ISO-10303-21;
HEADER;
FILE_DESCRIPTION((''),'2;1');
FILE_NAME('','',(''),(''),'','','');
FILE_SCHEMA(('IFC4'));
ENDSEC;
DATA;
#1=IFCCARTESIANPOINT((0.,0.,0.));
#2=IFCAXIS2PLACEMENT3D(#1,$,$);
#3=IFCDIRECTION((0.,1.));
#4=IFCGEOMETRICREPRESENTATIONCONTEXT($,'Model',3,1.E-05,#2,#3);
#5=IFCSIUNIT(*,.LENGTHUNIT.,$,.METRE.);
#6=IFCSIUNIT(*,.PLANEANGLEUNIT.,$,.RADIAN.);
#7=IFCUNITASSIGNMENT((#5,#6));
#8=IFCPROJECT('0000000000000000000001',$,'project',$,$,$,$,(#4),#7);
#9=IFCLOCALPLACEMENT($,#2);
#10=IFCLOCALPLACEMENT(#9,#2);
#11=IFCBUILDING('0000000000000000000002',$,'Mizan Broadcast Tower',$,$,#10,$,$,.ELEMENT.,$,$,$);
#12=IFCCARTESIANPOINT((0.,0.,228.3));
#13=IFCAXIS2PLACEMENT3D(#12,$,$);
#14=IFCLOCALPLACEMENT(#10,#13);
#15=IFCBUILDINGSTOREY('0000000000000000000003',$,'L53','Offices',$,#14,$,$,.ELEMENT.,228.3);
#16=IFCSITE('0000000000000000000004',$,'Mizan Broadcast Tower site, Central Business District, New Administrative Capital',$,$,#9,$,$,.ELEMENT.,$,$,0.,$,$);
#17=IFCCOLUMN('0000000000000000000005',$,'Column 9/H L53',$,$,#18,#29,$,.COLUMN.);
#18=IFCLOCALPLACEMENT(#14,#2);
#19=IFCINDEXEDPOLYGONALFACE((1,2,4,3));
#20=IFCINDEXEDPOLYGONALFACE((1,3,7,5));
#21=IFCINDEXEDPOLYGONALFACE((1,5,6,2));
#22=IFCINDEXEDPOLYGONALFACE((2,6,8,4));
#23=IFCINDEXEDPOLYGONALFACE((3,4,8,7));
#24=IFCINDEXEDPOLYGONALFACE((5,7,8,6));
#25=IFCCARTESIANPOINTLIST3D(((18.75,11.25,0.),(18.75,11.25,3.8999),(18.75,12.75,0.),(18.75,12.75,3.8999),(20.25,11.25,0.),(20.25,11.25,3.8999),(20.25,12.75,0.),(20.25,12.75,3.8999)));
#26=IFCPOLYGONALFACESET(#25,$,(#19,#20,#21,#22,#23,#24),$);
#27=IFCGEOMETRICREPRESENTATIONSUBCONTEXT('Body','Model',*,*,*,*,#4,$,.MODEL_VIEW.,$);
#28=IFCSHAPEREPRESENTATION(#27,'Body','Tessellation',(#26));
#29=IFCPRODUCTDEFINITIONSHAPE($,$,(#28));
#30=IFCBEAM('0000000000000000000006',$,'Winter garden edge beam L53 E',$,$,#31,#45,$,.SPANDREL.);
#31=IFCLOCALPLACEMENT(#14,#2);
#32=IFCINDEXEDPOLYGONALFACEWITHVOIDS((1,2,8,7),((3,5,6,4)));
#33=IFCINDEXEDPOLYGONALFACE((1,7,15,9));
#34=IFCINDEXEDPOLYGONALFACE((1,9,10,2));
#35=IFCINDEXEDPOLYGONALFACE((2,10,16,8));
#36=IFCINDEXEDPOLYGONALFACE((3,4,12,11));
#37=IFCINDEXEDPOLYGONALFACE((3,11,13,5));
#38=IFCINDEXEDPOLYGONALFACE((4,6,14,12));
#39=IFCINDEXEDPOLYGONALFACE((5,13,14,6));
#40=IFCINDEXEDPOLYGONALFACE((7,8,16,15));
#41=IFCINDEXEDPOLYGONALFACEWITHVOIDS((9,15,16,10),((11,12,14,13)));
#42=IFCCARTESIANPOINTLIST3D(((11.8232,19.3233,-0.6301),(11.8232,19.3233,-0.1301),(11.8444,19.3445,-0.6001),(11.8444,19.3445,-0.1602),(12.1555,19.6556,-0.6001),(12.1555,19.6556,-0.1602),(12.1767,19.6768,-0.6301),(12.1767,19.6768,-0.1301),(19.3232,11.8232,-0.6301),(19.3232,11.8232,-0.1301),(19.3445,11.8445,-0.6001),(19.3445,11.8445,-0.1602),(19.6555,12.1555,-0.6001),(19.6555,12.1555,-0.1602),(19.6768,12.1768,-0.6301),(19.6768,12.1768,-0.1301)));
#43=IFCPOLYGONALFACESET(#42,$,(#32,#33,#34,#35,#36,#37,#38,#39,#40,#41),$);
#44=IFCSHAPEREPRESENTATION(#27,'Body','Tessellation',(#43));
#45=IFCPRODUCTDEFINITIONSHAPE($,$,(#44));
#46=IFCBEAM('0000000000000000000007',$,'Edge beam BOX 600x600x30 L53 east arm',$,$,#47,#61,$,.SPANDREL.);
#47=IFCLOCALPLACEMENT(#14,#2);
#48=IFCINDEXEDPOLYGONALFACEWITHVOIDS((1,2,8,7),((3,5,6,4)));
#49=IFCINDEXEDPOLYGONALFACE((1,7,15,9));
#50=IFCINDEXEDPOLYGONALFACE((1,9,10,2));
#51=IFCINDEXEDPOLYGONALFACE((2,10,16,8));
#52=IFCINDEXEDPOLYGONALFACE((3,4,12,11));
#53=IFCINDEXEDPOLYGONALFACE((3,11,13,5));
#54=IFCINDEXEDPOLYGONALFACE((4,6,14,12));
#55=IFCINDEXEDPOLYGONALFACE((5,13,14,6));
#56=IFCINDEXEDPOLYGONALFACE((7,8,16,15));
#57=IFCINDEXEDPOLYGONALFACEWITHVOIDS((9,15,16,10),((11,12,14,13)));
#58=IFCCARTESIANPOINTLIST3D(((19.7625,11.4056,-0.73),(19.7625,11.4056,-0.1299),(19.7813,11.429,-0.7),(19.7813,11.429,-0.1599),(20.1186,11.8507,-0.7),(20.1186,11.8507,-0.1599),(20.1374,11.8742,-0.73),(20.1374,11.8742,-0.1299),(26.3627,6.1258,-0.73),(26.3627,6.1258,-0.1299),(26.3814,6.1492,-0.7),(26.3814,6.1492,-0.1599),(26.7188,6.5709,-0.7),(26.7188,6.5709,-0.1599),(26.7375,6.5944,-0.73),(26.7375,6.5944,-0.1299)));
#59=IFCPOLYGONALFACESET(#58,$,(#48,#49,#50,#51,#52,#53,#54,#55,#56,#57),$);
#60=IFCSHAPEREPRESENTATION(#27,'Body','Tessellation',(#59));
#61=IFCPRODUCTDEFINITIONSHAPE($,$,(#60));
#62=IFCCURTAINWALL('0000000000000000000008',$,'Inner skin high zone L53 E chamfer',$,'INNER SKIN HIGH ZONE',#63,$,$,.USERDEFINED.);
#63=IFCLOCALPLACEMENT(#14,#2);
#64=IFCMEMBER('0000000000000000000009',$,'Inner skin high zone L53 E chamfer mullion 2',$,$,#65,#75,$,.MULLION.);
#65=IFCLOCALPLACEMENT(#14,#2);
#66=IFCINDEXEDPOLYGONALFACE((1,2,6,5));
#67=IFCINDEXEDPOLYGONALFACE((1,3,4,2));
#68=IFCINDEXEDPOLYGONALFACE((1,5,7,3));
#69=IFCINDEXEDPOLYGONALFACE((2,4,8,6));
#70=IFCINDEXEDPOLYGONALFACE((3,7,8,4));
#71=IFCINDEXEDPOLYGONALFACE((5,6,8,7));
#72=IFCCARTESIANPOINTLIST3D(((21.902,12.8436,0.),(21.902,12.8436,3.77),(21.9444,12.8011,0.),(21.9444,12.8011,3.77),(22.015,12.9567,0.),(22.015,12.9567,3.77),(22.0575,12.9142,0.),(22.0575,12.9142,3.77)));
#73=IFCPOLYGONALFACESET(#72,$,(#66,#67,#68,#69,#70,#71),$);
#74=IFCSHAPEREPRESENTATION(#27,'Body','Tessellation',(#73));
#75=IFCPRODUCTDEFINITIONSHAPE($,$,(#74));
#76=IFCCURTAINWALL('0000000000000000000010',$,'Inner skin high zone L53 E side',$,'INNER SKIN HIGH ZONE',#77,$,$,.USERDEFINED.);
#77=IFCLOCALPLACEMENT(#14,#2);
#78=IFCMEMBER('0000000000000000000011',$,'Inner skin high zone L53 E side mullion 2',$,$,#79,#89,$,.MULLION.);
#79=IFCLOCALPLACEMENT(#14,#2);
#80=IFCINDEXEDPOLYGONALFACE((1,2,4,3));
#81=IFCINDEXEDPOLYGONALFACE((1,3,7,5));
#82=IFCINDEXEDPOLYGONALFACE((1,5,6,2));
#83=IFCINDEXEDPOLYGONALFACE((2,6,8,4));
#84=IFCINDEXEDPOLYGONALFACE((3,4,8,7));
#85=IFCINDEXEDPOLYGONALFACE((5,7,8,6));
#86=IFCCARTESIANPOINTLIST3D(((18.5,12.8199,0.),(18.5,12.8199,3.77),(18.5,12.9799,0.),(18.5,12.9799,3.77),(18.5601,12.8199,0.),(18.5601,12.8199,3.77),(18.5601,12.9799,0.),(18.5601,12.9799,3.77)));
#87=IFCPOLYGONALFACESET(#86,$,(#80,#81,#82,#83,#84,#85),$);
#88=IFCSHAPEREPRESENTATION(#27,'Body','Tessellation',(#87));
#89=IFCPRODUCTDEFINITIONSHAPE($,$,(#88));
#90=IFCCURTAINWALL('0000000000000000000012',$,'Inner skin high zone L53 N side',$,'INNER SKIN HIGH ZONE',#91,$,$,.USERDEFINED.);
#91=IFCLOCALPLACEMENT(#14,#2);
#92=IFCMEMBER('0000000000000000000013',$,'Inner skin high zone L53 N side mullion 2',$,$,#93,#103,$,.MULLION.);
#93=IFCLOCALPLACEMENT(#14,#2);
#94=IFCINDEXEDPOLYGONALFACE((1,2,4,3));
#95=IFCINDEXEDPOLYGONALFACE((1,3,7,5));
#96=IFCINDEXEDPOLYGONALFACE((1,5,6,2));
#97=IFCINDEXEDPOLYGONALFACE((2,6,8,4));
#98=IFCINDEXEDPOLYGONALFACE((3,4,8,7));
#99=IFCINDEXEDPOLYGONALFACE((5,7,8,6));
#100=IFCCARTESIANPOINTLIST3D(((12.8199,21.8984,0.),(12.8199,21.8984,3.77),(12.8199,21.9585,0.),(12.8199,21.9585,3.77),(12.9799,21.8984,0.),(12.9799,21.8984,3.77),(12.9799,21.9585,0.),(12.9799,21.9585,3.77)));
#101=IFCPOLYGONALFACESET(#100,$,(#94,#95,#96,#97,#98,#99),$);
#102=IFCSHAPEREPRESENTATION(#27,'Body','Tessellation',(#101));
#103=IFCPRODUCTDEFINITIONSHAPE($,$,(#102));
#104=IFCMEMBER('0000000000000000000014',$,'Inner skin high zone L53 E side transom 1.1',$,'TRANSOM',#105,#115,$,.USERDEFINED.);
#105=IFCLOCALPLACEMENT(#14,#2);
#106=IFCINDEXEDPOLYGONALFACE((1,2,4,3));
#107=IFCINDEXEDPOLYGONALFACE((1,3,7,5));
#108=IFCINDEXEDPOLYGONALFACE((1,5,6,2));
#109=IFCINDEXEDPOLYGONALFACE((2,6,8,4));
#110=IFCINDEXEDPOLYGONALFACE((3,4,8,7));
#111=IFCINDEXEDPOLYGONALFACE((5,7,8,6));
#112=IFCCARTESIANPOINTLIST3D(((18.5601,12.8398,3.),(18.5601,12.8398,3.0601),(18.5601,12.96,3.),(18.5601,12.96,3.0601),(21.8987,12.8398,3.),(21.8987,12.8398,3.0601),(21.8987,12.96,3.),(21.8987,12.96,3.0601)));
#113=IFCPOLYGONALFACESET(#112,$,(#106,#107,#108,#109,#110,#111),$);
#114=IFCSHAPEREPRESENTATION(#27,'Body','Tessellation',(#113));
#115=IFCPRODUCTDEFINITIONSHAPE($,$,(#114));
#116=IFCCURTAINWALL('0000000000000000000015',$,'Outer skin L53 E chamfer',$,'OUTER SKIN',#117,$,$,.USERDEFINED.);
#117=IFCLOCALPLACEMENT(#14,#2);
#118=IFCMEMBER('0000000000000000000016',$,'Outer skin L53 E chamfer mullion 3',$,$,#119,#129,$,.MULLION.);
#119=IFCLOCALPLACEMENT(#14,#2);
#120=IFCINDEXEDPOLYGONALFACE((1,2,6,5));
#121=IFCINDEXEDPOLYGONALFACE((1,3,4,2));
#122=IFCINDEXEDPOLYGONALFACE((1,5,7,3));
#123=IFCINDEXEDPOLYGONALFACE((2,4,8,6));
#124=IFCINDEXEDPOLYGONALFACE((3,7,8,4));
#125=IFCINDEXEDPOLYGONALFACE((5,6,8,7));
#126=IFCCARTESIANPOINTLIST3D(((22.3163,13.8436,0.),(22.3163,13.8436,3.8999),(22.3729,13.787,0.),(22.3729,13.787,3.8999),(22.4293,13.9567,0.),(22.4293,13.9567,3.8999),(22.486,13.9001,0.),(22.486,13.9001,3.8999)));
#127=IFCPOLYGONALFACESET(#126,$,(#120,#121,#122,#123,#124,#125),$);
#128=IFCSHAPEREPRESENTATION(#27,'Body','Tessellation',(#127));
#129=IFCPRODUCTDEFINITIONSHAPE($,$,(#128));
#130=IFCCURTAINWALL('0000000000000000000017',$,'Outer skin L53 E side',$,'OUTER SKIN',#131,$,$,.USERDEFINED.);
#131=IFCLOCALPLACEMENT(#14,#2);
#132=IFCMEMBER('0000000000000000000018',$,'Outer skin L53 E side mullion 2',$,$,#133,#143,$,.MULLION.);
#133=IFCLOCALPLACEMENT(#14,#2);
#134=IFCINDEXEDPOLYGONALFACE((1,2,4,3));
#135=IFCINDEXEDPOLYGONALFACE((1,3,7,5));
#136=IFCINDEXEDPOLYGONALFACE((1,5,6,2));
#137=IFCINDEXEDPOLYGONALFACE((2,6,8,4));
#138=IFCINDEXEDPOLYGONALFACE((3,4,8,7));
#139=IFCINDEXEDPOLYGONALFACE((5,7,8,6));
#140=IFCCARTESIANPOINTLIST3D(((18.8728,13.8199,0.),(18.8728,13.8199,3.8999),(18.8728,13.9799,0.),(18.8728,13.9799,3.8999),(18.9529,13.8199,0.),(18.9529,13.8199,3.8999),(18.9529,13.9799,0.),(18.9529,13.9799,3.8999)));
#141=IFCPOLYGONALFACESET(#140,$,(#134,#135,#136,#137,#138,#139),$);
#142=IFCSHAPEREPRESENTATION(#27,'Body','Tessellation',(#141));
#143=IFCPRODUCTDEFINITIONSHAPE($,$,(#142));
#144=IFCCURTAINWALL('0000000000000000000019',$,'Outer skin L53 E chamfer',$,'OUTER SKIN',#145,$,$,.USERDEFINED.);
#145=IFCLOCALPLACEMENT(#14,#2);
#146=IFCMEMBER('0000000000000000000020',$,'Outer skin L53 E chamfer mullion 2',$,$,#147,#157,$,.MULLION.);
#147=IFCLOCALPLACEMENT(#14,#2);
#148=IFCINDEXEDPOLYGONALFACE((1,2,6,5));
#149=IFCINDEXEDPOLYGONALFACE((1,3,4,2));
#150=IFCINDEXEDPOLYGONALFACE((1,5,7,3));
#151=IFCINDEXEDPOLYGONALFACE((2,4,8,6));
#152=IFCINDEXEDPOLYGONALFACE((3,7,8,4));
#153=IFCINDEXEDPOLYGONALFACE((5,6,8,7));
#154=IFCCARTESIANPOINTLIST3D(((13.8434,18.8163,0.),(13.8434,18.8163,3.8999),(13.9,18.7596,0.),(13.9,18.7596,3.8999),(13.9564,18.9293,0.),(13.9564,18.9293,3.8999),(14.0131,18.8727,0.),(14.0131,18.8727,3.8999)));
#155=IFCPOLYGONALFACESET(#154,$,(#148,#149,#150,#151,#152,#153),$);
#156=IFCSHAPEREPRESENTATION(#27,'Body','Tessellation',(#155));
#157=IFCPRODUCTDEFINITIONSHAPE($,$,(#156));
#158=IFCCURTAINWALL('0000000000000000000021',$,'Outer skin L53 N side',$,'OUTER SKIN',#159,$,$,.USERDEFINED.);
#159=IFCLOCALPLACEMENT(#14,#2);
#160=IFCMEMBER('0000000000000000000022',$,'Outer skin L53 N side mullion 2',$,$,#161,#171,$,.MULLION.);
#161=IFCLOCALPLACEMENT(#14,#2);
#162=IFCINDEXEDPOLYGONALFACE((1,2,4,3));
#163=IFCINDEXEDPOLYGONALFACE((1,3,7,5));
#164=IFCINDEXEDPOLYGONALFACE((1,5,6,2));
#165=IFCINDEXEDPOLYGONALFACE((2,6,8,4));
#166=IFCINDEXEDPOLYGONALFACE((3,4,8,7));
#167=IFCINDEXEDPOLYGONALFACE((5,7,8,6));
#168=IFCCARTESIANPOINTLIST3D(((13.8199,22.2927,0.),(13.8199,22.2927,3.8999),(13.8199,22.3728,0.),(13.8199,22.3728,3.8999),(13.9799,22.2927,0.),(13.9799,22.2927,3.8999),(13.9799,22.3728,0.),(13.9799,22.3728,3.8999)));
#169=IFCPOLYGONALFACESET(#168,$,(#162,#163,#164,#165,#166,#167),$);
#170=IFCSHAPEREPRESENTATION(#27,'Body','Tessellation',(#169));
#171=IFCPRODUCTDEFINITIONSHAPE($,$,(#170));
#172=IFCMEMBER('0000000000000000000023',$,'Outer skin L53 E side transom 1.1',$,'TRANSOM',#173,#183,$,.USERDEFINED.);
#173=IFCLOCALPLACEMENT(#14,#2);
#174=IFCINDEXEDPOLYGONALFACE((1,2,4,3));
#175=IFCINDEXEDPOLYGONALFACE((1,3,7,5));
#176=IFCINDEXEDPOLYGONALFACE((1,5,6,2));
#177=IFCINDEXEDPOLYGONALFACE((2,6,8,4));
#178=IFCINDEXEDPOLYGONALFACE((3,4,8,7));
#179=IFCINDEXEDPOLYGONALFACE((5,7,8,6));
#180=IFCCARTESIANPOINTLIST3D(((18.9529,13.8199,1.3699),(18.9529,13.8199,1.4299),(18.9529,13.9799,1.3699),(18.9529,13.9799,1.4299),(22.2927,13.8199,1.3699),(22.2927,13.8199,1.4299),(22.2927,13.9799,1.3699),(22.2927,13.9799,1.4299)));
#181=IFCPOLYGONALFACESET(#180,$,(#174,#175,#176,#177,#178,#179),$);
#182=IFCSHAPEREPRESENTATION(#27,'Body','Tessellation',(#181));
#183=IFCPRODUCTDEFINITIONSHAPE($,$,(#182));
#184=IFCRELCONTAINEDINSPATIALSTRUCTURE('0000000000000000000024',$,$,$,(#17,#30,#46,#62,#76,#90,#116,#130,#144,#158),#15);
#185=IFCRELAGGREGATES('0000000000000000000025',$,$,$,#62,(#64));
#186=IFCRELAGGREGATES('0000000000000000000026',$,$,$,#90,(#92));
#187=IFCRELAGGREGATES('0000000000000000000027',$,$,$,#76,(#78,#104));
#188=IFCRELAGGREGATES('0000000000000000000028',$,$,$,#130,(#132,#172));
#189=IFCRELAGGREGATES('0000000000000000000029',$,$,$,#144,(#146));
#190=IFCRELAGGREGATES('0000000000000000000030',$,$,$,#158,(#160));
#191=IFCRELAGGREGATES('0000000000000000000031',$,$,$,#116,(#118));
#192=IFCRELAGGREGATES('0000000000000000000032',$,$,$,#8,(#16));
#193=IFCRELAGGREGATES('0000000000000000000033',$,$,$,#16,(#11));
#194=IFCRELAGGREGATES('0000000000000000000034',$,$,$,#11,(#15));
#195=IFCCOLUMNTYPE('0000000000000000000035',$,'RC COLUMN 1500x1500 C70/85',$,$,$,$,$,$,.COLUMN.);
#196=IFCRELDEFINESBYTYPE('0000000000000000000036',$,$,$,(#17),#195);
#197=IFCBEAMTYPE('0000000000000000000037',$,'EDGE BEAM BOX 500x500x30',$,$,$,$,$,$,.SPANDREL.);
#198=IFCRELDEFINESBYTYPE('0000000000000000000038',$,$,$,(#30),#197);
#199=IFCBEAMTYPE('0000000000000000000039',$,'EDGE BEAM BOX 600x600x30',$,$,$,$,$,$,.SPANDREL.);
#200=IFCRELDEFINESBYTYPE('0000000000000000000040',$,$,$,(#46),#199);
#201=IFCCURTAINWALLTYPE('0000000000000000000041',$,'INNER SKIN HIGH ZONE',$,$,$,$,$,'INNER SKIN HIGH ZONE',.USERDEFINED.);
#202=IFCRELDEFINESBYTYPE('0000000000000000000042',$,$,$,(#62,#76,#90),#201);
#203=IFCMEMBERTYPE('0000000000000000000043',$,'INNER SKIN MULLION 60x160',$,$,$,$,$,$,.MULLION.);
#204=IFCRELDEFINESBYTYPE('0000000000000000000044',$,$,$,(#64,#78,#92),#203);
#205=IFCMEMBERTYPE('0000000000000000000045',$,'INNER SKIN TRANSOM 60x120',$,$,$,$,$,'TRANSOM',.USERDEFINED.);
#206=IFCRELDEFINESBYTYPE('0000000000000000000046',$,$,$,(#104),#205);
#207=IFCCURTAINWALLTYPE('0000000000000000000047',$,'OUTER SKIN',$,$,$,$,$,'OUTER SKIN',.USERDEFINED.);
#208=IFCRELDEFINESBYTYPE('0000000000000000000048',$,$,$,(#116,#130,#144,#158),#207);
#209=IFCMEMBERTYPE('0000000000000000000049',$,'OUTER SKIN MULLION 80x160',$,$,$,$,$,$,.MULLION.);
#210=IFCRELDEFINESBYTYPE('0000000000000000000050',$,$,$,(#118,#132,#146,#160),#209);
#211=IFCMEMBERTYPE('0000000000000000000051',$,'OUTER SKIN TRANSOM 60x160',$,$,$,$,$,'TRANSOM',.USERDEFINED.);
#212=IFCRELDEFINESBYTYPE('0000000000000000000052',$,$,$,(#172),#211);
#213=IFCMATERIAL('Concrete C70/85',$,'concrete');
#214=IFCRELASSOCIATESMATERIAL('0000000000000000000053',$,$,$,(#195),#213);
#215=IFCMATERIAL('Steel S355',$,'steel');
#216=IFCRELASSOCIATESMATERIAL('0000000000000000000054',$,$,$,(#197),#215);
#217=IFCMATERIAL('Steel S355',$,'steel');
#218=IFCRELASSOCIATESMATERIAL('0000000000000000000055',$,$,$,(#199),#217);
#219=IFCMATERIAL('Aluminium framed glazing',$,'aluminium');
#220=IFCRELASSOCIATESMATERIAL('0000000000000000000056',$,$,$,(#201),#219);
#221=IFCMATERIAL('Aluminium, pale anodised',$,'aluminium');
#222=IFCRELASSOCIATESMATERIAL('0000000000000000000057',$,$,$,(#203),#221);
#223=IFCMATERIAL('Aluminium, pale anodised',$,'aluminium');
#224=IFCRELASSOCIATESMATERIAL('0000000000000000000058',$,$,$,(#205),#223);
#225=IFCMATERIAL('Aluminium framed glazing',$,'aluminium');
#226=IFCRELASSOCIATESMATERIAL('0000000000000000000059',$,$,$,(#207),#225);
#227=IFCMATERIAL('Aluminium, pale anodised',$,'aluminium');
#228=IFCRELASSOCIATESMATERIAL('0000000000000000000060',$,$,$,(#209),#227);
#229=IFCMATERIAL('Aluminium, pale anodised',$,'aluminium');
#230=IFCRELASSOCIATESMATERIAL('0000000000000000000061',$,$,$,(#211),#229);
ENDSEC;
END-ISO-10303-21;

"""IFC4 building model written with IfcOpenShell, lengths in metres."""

from ifc_helpers import new_model, si_unit, direction, frame, origin, origin_2d, place, context, subcontext, project, spatial, rectangle, hollow_rectangle, extrude, material, material_profile, profile_set, type_object, element, aggregate, save


model = new_model("IFC4")

# Units and contexts
model_context = context("Model", 3, precision=1e-05, world=origin(), true_north=direction((0.0, 1.0)))
body_context = subcontext(model_context, "Body", "Model", "MODEL_VIEW")
ifc_project = project(units=[si_unit("LENGTHUNIT", "METRE"), si_unit("PLANEANGLEUNIT", "RADIAN")], contexts=[model_context])

# Site, building, storey
site_placement = place(None, origin())
site = spatial("IfcSite", under=ifc_project, at=site_placement, Name="Mizan Broadcast Tower site, Central Business District, New Administrative Capital", CompositionType="ELEMENT", RefElevation=0.0)
building_placement = place(site_placement, origin())
building = spatial("IfcBuilding", under=site, at=building_placement, Name="Mizan Broadcast Tower", CompositionType="ELEMENT")
storey_placement = place(building_placement, frame((0.0, 0.0, 228.3)))
storey = spatial("IfcBuildingStorey", under=building, at=storey_placement, Name="L53", Description="Offices", CompositionType="ELEMENT", Elevation=228.3)

# Column
ifc_material_1 = material(Name="Concrete C70/85", Category="concrete")
ifc_material_profile_1 = material_profile(ifc_material_1, rectangle(XDim=1.5, YDim=1.5, at=origin_2d()), Name="RC 1500x1500")
ifc_profile_set_1 = profile_set([ifc_material_profile_1], Name="Concrete C70/85")
column_type = type_object("IfcColumnType", Name="RC COLUMN 1500x1500 C70/85", PredefinedType="COLUMN", material=ifc_profile_set_1)
column_placement = place(storey_placement, frame((19.5, 12.0, 0.0), z_axis=(0.0, 0.0, 1.0), x_axis=(1.0, 0.0, 0.0)))
element("IfcColumn", 1, at=column_placement, inside=storey, type_object=column_type, Name="Column 9/H L53", PredefinedType="COLUMN", context=body_context, shape_type="SweptSolid", body=[
    extrude(rectangle(XDim=1.5, YDim=1.5, at=origin_2d()), origin(), (0.0, 0.0, 1.0), 3.8999),
])

# Beams
ifc_material_2 = material(Name="Steel S355", Category="steel")
ifc_material_profile_2 = material_profile(ifc_material_2, hollow_rectangle(XDim=0.5, YDim=0.5, WallThickness=0.03, at=origin_2d()), Name="BOX 500x500x30")
ifc_profile_set_2 = profile_set([ifc_material_profile_2], Name="Steel S355")
beam_type_1 = type_object("IfcBeamType", Name="EDGE BEAM BOX 500x500x30", PredefinedType="SPANDREL", material=ifc_profile_set_2)
beam_1_placement = place(storey_placement, frame((19.5, 12.0, -0.3801), z_axis=(-0.707107, 0.707107, 0.0), x_axis=(-0.707107, -0.707107, 0.0)))
element("IfcBeam", 2, at=beam_1_placement, inside=storey, type_object=beam_type_1, Name="Winter garden edge beam L53 E", PredefinedType="SPANDREL", context=body_context, shape_type="SweptSolid", body=[
    extrude(hollow_rectangle(XDim=0.5, YDim=0.5, WallThickness=0.03, at=origin_2d()), origin(), (0.0, 0.0, 1.0), 10.6067),
])
ifc_material_3 = material(Name="Steel S355", Category="steel")
ifc_material_profile_3 = material_profile(ifc_material_3, hollow_rectangle(XDim=0.6001, YDim=0.6001, WallThickness=0.03, at=origin_2d()), Name="BOX 600x600x30")
ifc_profile_set_3 = profile_set([ifc_material_profile_3], Name="Steel S355")
beam_type_2 = type_object("IfcBeamType", Name="EDGE BEAM BOX 600x600x30", PredefinedType="SPANDREL", material=ifc_profile_set_3)
beam_2_placement = place(storey_placement, frame((19.95, 11.6399, -0.4299), z_axis=(0.780886, -0.624674, 0.0), x_axis=(0.624674, 0.780886, 0.0)))
element("IfcBeam", 3, at=beam_2_placement, inside=storey, type_object=beam_type_2, Name="Edge beam BOX 600x600x30 L53 east arm", PredefinedType="SPANDREL", context=body_context, shape_type="SweptSolid", body=[
    extrude(hollow_rectangle(XDim=0.6001, YDim=0.6001, WallThickness=0.03, at=origin_2d()), origin(), (0.0, 0.0, 1.0), 8.4521),
])

# Curtain walls, members
ifc_material_4 = material(Name="Aluminium framed glazing", Category="aluminium")
curtain_wall_type_1 = type_object("IfcCurtainWallType", Name="INNER SKIN HIGH ZONE", ElementType="INNER SKIN HIGH ZONE", PredefinedType="USERDEFINED", material=ifc_material_4)
curtain_wall_1_placement = place(storey_placement, origin())
curtain_wall_1 = element("IfcCurtainWall", 4, at=curtain_wall_1_placement, inside=storey, type_object=curtain_wall_type_1, Name="Inner skin high zone L53 E chamfer", ObjectType="INNER SKIN HIGH ZONE", PredefinedType="USERDEFINED")
ifc_material_5 = material(Name="Aluminium, pale anodised", Category="aluminium")
ifc_material_profile_4 = material_profile(ifc_material_5, rectangle(XDim=0.1599, YDim=0.0601, at=origin_2d()), Name="MULLION 160x60")
ifc_profile_set_4 = profile_set([ifc_material_profile_4], Name="Aluminium, pale anodised")
member_type_1 = type_object("IfcMemberType", Name="INNER SKIN MULLION 60x160", PredefinedType="MULLION", material=ifc_profile_set_4)
member_1_placement = place(storey_placement, frame((21.9797, 12.8789, 0.0), z_axis=(0.0, 0.0, 1.0), x_axis=(-0.707107, -0.707107, 0.0)))
member_1 = element("IfcMember", 5, at=member_1_placement, type_object=member_type_1, Name="Inner skin high zone L53 E chamfer mullion 2", PredefinedType="MULLION", context=body_context, shape_type="SweptSolid", body=[
    extrude(rectangle(XDim=0.1599, YDim=0.0601, at=origin_2d()), origin(), (0.0, 0.0, 1.0), 3.77),
])
aggregate(curtain_wall_1, [member_1])
curtain_wall_2_placement = place(storey_placement, origin())
curtain_wall_2 = element("IfcCurtainWall", 6, at=curtain_wall_2_placement, inside=storey, type_object=curtain_wall_type_1, Name="Inner skin high zone L53 E side", ObjectType="INNER SKIN HIGH ZONE", PredefinedType="USERDEFINED")
member_2_placement = place(storey_placement, frame((18.53, 12.8999, 0.0), z_axis=(0.0, 0.0, 1.0), x_axis=(0.0, -1.0, 0.0)))
member_2 = element("IfcMember", 7, at=member_2_placement, type_object=member_type_1, Name="Inner skin high zone L53 E side mullion 2", PredefinedType="MULLION", context=body_context, shape_type="SweptSolid", body=[
    extrude(rectangle(XDim=0.1599, YDim=0.0601, at=origin_2d()), origin(), (0.0, 0.0, 1.0), 3.77),
])
curtain_wall_3_placement = place(storey_placement, origin())
curtain_wall_3 = element("IfcCurtainWall", 8, at=curtain_wall_3_placement, inside=storey, type_object=curtain_wall_type_1, Name="Inner skin high zone L53 N side", ObjectType="INNER SKIN HIGH ZONE", PredefinedType="USERDEFINED")
member_3_placement = place(storey_placement, frame((12.8999, 21.9285, 0.0), z_axis=(0.0, 0.0, 1.0), x_axis=(-1.0, 0.0, 0.0)))
member_3 = element("IfcMember", 9, at=member_3_placement, type_object=member_type_1, Name="Inner skin high zone L53 N side mullion 2", PredefinedType="MULLION", context=body_context, shape_type="SweptSolid", body=[
    extrude(rectangle(XDim=0.1599, YDim=0.0601, at=origin_2d()), origin(), (0.0, 0.0, 1.0), 3.77),
])
aggregate(curtain_wall_3, [member_3])

# Member
ifc_material_6 = material(Name="Aluminium, pale anodised", Category="aluminium")
ifc_material_profile_5 = material_profile(ifc_material_6, rectangle(XDim=0.1201, YDim=0.0601, at=origin_2d()), Name="TRANSOM 120x60")
ifc_profile_set_5 = profile_set([ifc_material_profile_5], Name="Aluminium, pale anodised")
member_type_2 = type_object("IfcMemberType", Name="INNER SKIN TRANSOM 60x120", ElementType="TRANSOM", PredefinedType="USERDEFINED", material=ifc_profile_set_5)
member_4_placement = place(storey_placement, frame((21.8987, 12.8999, 3.03), z_axis=(-1.0, 0.0, 0.0), x_axis=(0.0, -1.0, 0.0)))
member_4 = element("IfcMember", 10, at=member_4_placement, type_object=member_type_2, Name="Inner skin high zone L53 E side transom 1.1", ObjectType="TRANSOM", PredefinedType="USERDEFINED", context=body_context, shape_type="SweptSolid", body=[
    extrude(rectangle(XDim=0.1201, YDim=0.0601, at=origin_2d()), origin(), (0.0, 0.0, 1.0), 3.3386),
])

# Curtain walls, members
ifc_material_7 = material(Name="Aluminium framed glazing", Category="aluminium")
curtain_wall_type_2 = type_object("IfcCurtainWallType", Name="OUTER SKIN", ElementType="OUTER SKIN", PredefinedType="USERDEFINED", material=ifc_material_7)
curtain_wall_4_placement = place(storey_placement, origin())
curtain_wall_4 = element("IfcCurtainWall", 11, at=curtain_wall_4_placement, inside=storey, type_object=curtain_wall_type_2, Name="Outer skin L53 E chamfer", ObjectType="OUTER SKIN", PredefinedType="USERDEFINED")
ifc_material_8 = material(Name="Aluminium, pale anodised", Category="aluminium")
ifc_material_profile_6 = material_profile(ifc_material_8, rectangle(XDim=0.1599, YDim=0.0801, at=origin_2d()), Name="MULLION 160x80")
ifc_profile_set_6 = profile_set([ifc_material_profile_6], Name="Aluminium, pale anodised")
member_type_3 = type_object("IfcMemberType", Name="OUTER SKIN MULLION 80x160", PredefinedType="MULLION", material=ifc_profile_set_6)
member_5_placement = place(storey_placement, frame((22.4011, 13.8718, 0.0), z_axis=(0.0, 0.0, 1.0), x_axis=(-0.707107, -0.707107, 0.0)))
member_5 = element("IfcMember", 12, at=member_5_placement, type_object=member_type_3, Name="Outer skin L53 E chamfer mullion 3", PredefinedType="MULLION", context=body_context, shape_type="SweptSolid", body=[
    extrude(rectangle(XDim=0.1599, YDim=0.0801, at=origin_2d()), origin(), (0.0, 0.0, 1.0), 3.8999),
])
curtain_wall_5_placement = place(storey_placement, origin())
curtain_wall_5 = element("IfcCurtainWall", 13, at=curtain_wall_5_placement, inside=storey, type_object=curtain_wall_type_2, Name="Outer skin L53 E side", ObjectType="OUTER SKIN", PredefinedType="USERDEFINED")
member_6_placement = place(storey_placement, frame((18.9128, 13.8999, 0.0), z_axis=(0.0, 0.0, 1.0), x_axis=(0.0, -1.0, 0.0)))
member_6 = element("IfcMember", 14, at=member_6_placement, type_object=member_type_3, Name="Outer skin L53 E side mullion 2", PredefinedType="MULLION", context=body_context, shape_type="SweptSolid", body=[
    extrude(rectangle(XDim=0.1599, YDim=0.0801, at=origin_2d()), origin(), (0.0, 0.0, 1.0), 3.8999),
])
curtain_wall_6_placement = place(storey_placement, origin())
curtain_wall_6 = element("IfcCurtainWall", 15, at=curtain_wall_6_placement, inside=storey, type_object=curtain_wall_type_2, Name="Outer skin L53 E chamfer", ObjectType="OUTER SKIN", PredefinedType="USERDEFINED")
member_7_placement = place(storey_placement, frame((13.9282, 18.8445, 0.0), z_axis=(0.0, 0.0, 1.0), x_axis=(-0.707107, -0.707107, 0.0)))
member_7 = element("IfcMember", 16, at=member_7_placement, type_object=member_type_3, Name="Outer skin L53 E chamfer mullion 2", PredefinedType="MULLION", context=body_context, shape_type="SweptSolid", body=[
    extrude(rectangle(XDim=0.1599, YDim=0.0801, at=origin_2d()), origin(), (0.0, 0.0, 1.0), 3.8999),
])
curtain_wall_7_placement = place(storey_placement, origin())
curtain_wall_7 = element("IfcCurtainWall", 17, at=curtain_wall_7_placement, inside=storey, type_object=curtain_wall_type_2, Name="Outer skin L53 N side", ObjectType="OUTER SKIN", PredefinedType="USERDEFINED")
member_8_placement = place(storey_placement, frame((13.8999, 22.3328, 0.0), z_axis=(0.0, 0.0, 1.0), x_axis=(-1.0, 0.0, 0.0)))
member_8 = element("IfcMember", 18, at=member_8_placement, type_object=member_type_3, Name="Outer skin L53 N side mullion 2", PredefinedType="MULLION", context=body_context, shape_type="SweptSolid", body=[
    extrude(rectangle(XDim=0.1599, YDim=0.0801, at=origin_2d()), origin(), (0.0, 0.0, 1.0), 3.8999),
])

# Member
ifc_material_9 = material(Name="Aluminium, pale anodised", Category="aluminium")
ifc_material_profile_7 = material_profile(ifc_material_9, rectangle(XDim=0.1599, YDim=0.0601, at=origin_2d()), Name="TRANSOM 160x60")
ifc_profile_set_7 = profile_set([ifc_material_profile_7], Name="Aluminium, pale anodised")
member_type_4 = type_object("IfcMemberType", Name="OUTER SKIN TRANSOM 60x160", ElementType="TRANSOM", PredefinedType="USERDEFINED", material=ifc_profile_set_7)
member_9_placement = place(storey_placement, frame((22.2927, 13.8999, 1.3999), z_axis=(-1.0, 0.0, 0.0), x_axis=(0.0, -1.0, 0.0)))
member_9 = element("IfcMember", 19, at=member_9_placement, type_object=member_type_4, Name="Outer skin L53 E side transom 1.1", ObjectType="TRANSOM", PredefinedType="USERDEFINED", context=body_context, shape_type="SweptSolid", body=[
    extrude(rectangle(XDim=0.1599, YDim=0.0601, at=origin_2d()), origin(), (0.0, 0.0, 1.0), 3.3398),
])

aggregate(curtain_wall_2, [member_2, member_4])
aggregate(curtain_wall_5, [member_6, member_9])
aggregate(curtain_wall_6, [member_7])
aggregate(curtain_wall_7, [member_8])
aggregate(curtain_wall_4, [member_5])

save(model, "model.ifc")
